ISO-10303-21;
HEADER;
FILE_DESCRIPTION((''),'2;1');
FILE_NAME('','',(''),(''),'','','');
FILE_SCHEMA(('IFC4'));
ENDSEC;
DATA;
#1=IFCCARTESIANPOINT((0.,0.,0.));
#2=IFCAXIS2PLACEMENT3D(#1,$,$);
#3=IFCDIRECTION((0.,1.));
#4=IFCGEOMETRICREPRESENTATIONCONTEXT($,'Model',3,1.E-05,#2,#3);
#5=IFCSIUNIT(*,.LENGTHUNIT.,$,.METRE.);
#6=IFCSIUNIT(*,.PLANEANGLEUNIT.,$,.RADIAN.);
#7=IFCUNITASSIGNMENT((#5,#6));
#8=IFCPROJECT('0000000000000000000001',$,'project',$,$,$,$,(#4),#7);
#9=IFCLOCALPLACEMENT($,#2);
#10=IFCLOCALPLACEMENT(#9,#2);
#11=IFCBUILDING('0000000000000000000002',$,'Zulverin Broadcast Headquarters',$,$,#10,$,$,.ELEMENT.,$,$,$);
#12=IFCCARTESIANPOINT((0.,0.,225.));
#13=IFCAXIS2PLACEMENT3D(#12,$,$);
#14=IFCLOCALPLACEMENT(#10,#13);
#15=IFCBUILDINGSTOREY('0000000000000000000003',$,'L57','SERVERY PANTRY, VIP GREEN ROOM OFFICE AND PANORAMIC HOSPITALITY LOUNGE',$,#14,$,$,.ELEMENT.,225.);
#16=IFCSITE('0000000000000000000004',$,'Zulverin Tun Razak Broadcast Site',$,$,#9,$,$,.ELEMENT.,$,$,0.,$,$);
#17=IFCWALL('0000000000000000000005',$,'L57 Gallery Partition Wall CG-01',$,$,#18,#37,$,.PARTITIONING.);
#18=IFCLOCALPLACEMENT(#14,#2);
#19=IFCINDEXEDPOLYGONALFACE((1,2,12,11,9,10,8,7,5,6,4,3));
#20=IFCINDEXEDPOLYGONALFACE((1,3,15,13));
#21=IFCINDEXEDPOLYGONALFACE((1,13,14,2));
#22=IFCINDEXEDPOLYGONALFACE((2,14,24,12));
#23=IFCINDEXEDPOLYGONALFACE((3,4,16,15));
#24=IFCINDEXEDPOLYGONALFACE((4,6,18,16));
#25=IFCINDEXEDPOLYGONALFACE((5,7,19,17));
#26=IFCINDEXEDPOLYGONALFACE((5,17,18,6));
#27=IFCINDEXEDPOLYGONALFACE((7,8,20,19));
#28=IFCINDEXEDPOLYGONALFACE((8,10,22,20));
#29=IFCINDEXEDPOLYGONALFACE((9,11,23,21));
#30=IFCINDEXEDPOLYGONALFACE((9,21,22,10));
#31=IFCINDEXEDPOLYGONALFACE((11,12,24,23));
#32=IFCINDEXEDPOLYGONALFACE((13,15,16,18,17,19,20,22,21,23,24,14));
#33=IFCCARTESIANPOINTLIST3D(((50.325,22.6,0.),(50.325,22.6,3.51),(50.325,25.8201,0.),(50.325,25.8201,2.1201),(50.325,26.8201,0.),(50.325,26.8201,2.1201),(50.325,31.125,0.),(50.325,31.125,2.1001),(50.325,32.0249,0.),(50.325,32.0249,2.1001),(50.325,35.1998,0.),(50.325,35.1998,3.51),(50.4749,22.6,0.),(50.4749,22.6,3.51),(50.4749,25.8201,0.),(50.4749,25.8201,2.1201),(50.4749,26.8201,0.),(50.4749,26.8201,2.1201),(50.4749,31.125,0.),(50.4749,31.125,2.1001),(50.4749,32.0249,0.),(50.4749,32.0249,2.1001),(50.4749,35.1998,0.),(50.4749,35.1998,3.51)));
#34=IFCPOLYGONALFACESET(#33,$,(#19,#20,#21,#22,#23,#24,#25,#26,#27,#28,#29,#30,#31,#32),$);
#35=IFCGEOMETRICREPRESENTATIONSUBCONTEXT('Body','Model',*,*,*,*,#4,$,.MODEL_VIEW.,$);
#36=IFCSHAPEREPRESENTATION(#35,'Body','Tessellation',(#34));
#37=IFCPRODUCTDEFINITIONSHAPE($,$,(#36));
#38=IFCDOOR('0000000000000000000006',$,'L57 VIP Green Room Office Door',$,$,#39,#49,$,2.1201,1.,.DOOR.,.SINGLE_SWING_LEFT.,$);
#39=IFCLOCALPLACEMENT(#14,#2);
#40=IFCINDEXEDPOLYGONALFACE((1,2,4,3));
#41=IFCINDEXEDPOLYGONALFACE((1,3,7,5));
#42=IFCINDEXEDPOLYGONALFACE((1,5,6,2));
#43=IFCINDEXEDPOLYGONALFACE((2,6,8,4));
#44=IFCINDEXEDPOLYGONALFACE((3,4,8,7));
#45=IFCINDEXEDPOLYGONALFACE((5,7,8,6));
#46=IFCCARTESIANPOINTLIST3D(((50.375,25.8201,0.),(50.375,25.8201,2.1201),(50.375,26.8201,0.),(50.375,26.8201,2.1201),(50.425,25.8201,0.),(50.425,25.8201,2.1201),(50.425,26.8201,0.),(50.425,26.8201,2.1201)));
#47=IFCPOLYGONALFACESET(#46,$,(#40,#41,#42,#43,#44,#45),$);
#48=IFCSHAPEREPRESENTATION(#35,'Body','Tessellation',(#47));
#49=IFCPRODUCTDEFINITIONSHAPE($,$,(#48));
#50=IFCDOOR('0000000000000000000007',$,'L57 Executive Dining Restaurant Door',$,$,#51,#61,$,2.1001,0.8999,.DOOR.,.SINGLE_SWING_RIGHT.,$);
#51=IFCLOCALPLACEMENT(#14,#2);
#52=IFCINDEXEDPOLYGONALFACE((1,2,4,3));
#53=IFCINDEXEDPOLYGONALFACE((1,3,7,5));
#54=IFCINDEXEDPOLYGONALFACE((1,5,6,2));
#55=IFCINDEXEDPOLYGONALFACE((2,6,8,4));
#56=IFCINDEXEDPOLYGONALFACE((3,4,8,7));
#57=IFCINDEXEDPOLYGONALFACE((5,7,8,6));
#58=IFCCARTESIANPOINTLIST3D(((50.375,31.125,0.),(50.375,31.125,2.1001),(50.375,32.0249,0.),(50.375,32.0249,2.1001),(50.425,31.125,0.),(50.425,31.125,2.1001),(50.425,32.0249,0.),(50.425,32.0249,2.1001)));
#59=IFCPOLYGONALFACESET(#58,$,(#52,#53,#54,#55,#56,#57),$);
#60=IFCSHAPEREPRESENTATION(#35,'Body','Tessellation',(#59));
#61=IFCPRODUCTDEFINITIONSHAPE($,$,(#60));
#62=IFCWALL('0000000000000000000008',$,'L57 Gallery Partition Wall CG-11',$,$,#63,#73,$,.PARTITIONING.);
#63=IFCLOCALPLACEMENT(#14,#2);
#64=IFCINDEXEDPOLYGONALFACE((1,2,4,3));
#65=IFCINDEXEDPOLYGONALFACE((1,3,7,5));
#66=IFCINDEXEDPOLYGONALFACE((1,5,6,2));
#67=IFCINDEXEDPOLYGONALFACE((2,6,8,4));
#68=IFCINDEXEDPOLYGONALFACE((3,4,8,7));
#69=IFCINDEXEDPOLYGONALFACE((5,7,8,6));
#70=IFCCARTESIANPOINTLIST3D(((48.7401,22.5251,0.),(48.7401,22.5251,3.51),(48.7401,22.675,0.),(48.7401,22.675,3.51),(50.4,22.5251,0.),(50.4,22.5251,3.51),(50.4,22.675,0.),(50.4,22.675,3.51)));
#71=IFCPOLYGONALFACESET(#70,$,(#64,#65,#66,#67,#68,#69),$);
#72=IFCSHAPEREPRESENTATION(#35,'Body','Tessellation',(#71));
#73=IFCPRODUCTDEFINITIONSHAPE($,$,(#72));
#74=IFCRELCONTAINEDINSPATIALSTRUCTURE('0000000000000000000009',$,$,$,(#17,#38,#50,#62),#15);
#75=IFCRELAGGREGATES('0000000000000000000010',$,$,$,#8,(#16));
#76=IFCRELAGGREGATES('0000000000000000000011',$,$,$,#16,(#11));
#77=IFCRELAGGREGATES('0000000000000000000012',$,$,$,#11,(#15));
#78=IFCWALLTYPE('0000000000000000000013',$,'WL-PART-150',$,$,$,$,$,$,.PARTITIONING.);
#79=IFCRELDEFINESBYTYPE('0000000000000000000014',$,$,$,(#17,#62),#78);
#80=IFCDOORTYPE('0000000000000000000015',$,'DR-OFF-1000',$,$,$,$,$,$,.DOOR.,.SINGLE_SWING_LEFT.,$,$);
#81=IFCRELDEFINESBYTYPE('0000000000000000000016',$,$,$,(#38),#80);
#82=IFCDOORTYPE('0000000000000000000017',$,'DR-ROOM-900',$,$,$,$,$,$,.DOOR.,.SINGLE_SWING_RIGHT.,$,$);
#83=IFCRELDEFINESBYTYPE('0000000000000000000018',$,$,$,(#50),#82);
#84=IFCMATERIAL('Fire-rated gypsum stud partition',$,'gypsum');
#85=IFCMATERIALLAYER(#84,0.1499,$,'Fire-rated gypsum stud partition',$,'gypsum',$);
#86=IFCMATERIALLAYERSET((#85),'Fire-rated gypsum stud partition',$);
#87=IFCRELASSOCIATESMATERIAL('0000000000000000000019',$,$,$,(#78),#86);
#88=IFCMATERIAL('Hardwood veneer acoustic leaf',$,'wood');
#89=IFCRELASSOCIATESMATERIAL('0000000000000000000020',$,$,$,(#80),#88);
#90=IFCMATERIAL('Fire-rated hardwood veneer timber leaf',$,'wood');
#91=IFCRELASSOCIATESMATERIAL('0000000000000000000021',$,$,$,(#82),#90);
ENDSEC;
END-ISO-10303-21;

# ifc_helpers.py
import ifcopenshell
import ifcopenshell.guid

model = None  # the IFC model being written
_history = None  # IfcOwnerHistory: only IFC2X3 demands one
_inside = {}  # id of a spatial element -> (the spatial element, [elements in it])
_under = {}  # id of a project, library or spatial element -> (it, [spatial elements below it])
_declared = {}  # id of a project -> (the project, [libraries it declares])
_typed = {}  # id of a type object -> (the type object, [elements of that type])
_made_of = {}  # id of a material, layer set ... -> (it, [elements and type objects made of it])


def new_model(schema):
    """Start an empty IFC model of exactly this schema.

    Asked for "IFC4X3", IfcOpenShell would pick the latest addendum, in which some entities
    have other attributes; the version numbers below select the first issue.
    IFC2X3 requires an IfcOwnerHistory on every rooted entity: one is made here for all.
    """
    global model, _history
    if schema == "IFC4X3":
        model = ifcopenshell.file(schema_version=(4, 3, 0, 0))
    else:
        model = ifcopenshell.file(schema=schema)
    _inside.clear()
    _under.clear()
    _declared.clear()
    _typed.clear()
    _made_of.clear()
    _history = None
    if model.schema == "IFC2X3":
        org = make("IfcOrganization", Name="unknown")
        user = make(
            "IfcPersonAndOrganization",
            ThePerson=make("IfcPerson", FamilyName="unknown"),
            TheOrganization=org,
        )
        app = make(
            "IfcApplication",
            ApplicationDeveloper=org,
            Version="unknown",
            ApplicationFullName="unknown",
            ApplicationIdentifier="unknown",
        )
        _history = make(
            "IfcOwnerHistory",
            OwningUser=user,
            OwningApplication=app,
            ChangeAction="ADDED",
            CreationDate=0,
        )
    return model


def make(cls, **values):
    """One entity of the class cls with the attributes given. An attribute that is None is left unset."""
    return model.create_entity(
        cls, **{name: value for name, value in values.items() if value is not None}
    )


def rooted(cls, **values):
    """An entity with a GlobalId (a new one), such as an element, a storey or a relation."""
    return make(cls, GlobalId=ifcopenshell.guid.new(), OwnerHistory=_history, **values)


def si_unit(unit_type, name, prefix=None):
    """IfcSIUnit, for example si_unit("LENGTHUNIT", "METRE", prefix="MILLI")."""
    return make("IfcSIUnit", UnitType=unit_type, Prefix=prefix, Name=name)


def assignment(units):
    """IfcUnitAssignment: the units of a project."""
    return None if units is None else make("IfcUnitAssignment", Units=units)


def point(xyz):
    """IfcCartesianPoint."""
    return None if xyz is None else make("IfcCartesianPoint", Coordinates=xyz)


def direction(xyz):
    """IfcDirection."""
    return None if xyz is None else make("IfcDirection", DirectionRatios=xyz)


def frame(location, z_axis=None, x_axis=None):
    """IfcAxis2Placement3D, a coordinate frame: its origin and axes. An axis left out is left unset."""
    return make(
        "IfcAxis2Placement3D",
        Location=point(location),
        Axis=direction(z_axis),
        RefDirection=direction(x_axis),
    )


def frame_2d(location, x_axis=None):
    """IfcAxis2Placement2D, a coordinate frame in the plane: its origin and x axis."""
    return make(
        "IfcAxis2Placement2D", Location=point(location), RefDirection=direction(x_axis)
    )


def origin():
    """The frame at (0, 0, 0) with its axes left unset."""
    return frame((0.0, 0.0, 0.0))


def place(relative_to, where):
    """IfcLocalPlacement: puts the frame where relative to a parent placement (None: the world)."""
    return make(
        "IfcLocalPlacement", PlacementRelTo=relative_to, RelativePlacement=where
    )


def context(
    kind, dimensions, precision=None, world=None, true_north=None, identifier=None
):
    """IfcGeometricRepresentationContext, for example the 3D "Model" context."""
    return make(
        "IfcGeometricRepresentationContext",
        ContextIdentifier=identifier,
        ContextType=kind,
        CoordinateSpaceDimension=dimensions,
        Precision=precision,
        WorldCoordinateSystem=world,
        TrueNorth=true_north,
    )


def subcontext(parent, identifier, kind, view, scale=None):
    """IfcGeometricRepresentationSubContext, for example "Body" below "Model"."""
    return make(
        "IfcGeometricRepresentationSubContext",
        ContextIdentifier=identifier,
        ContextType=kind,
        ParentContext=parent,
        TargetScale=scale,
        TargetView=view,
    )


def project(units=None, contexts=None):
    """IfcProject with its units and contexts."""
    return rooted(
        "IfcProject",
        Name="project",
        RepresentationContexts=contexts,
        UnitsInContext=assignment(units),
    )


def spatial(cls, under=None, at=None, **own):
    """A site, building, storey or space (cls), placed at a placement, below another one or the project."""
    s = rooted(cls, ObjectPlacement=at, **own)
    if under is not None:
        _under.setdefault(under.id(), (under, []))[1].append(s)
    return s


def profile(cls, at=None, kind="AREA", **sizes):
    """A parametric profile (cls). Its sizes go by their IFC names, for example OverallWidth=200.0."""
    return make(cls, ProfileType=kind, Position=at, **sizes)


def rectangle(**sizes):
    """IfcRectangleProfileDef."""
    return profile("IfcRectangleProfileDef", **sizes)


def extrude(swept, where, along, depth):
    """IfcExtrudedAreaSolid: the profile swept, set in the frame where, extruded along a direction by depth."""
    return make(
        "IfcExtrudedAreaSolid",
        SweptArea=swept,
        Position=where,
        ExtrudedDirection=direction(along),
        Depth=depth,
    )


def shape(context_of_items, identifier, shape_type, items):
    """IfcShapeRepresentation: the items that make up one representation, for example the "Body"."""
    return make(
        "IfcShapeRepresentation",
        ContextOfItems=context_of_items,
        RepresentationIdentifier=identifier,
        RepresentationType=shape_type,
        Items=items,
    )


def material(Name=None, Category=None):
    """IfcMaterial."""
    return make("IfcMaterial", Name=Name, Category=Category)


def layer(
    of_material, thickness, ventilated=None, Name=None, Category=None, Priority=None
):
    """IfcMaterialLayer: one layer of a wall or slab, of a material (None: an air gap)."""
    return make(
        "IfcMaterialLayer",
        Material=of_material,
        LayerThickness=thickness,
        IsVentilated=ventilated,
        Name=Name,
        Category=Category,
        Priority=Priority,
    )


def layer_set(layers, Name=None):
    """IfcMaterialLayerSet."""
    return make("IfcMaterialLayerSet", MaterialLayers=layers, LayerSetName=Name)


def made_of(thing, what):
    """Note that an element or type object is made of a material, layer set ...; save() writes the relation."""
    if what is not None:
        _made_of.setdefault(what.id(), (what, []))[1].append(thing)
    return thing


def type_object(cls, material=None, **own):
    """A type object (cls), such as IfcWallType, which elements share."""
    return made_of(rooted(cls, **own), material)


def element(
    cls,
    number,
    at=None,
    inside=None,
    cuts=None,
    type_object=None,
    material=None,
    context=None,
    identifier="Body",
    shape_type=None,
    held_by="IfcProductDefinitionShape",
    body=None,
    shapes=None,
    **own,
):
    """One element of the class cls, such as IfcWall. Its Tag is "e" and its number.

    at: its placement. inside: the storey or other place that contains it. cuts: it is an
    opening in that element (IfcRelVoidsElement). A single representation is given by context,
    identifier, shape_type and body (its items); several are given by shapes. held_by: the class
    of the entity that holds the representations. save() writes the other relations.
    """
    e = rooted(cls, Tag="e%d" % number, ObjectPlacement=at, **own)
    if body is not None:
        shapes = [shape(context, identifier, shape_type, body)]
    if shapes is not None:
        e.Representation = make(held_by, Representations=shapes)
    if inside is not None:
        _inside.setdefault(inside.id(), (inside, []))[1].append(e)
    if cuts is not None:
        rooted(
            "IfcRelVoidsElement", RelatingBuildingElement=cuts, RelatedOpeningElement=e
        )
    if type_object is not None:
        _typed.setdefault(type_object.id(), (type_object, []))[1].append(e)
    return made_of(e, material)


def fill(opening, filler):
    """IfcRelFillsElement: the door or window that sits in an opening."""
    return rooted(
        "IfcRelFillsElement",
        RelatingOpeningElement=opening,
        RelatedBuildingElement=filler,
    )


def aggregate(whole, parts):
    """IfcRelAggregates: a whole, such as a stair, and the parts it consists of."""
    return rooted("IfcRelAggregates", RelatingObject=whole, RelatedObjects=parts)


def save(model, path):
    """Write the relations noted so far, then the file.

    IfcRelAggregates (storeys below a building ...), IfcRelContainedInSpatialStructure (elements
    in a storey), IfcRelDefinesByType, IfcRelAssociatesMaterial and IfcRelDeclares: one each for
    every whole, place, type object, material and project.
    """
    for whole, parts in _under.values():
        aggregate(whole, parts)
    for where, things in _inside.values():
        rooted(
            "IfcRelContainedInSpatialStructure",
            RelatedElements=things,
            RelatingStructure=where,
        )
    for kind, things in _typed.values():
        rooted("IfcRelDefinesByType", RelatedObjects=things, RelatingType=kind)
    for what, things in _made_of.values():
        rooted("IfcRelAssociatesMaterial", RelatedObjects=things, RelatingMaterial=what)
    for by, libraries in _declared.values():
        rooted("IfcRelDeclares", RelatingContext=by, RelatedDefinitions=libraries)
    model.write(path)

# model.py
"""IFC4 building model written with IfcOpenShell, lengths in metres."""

from ifc_helpers import new_model, si_unit, direction, frame, frame_2d, origin, place, context, subcontext, project, spatial, rectangle, extrude, material, layer, layer_set, type_object, element, fill, save


model = new_model("IFC4")

# Units and contexts
model_context = context("Model", 3, precision=1e-05, world=origin(), true_north=direction((0.0, 1.0)))
body_context = subcontext(model_context, "Body", "Model", "MODEL_VIEW")
ifc_project = project(units=[si_unit("LENGTHUNIT", "METRE"), si_unit("PLANEANGLEUNIT", "RADIAN")], contexts=[model_context])

# Site, building, storey
site_placement = place(None, origin())
site = spatial("IfcSite", under=ifc_project, at=site_placement, Name="Zulverin Tun Razak Broadcast Site", CompositionType="ELEMENT", RefElevation=0.0)
building_placement = place(site_placement, origin())
building = spatial("IfcBuilding", under=site, at=building_placement, Name="Zulverin Broadcast Headquarters", CompositionType="ELEMENT")
storey_placement = place(building_placement, frame((0.0, 0.0, 225.0)))
storey = spatial("IfcBuildingStorey", under=building, at=storey_placement, Name="L57", Description="SERVERY PANTRY, VIP GREEN ROOM OFFICE AND PANORAMIC HOSPITALITY LOUNGE", CompositionType="ELEMENT", Elevation=225.0)

# Wall, openings, doors
ifc_material_1 = material(Name="Fire-rated gypsum stud partition", Category="gypsum")
ifc_layer_1 = layer(ifc_material_1, 0.1499, Name="Fire-rated gypsum stud partition", Category="gypsum")
ifc_layer_set_1 = layer_set([ifc_layer_1], Name="Fire-rated gypsum stud partition")
wall_type_1 = type_object("IfcWallType", Name="WL-PART-150", PredefinedType="PARTITIONING", material=ifc_layer_set_1)
wall_1_placement = place(storey_placement, frame((50.3999, 22.6001, 0.0), z_axis=(0.0, 0.0, 1.0), x_axis=(0.0, 1.0, 0.0)))
wall_1 = element("IfcWall", 1, at=wall_1_placement, inside=storey, type_object=wall_type_1, Name="L57 Gallery Partition Wall CG-01", PredefinedType="PARTITIONING", context=body_context, shape_type="SweptSolid", body=[
    extrude(rectangle(XDim=12.5999, YDim=0.1499, at=frame_2d((6.2998, 0.0))), origin(), (0.0, 0.0, 1.0), 3.51),
])
opening_1_placement = place(wall_1_placement, frame((3.22, 0.0, 0.0)))
opening_1 = element("IfcOpeningElement", 2, at=opening_1_placement, cuts=wall_1, PredefinedType="OPENING", context=body_context, shape_type="SweptSolid", body=[
    extrude(rectangle(XDim=1.0, YDim=2.1201, at=frame_2d((0.5, 1.0601))), frame((0.0, 0.085, 0.0), z_axis=(0.0, -1.0, 0.0), x_axis=(1.0, 0.0, 0.0)), (0.0, 0.0, 1.0), 0.1699),
])
opening_2_placement = place(wall_1_placement, frame((8.5249, 0.0, 0.0)))
opening_2 = element("IfcOpeningElement", 3, at=opening_2_placement, cuts=wall_1, PredefinedType="OPENING", context=body_context, shape_type="SweptSolid", body=[
    extrude(rectangle(XDim=0.8999, YDim=2.1001, at=frame_2d((0.45, 1.05))), frame((0.0, 0.085, 0.0), z_axis=(0.0, -1.0, 0.0), x_axis=(1.0, 0.0, 0.0)), (0.0, 0.0, 1.0), 0.1699),
])
ifc_material_2 = material(Name="Hardwood veneer acoustic leaf", Category="wood")
door_type_1 = type_object("IfcDoorType", Name="DR-OFF-1000", OperationType="SINGLE_SWING_LEFT", PredefinedType="DOOR", material=ifc_material_2)
door_1_placement = place(opening_1_placement, origin())
door_1 = element("IfcDoor", 4, at=door_1_placement, inside=storey, type_object=door_type_1, Name="L57 VIP Green Room Office Door", OperationType="SINGLE_SWING_LEFT", OverallHeight=2.1201, OverallWidth=1.0, PredefinedType="DOOR", context=body_context, shape_type="SweptSolid", body=[
    extrude(rectangle(XDim=1.0, YDim=2.1201, at=frame_2d((0.5, 1.0601))), frame((0.0, 0.0249, 0.0), z_axis=(0.0, -1.0, 0.0), x_axis=(1.0, 0.0, 0.0)), (0.0, 0.0, 1.0), 0.05),
])
fill(opening_1, door_1)
ifc_material_3 = material(Name="Fire-rated hardwood veneer timber leaf", Category="wood")
door_type_2 = type_object("IfcDoorType", Name="DR-ROOM-900", OperationType="SINGLE_SWING_RIGHT", PredefinedType="DOOR", material=ifc_material_3)
door_2_placement = place(opening_2_placement, origin())
door_2 = element("IfcDoor", 5, at=door_2_placement, inside=storey, type_object=door_type_2, Name="L57 Executive Dining Restaurant Door", OperationType="SINGLE_SWING_RIGHT", OverallHeight=2.1001, OverallWidth=0.8999, PredefinedType="DOOR", context=body_context, shape_type="SweptSolid", body=[
    extrude(rectangle(XDim=0.8999, YDim=2.1001, at=frame_2d((0.45, 1.05))), frame((0.0, 0.0249, 0.0), z_axis=(0.0, -1.0, 0.0), x_axis=(1.0, 0.0, 0.0)), (0.0, 0.0, 1.0), 0.05),
])
fill(opening_2, door_2)

# Wall
wall_2_placement = place(storey_placement, frame((48.74, 22.6001, 0.0), z_axis=(0.0, 0.0, 1.0), x_axis=(1.0, 0.0, 0.0)))
element("IfcWall", 6, at=wall_2_placement, inside=storey, type_object=wall_type_1, Name="L57 Gallery Partition Wall CG-11", PredefinedType="PARTITIONING", context=body_context, shape_type="SweptSolid", body=[
    extrude(rectangle(XDim=1.6599, YDim=0.1499, at=frame_2d((0.8301, 0.0))), origin(), (0.0, 0.0, 1.0), 3.51),
])

save(model, "model.ifc")
